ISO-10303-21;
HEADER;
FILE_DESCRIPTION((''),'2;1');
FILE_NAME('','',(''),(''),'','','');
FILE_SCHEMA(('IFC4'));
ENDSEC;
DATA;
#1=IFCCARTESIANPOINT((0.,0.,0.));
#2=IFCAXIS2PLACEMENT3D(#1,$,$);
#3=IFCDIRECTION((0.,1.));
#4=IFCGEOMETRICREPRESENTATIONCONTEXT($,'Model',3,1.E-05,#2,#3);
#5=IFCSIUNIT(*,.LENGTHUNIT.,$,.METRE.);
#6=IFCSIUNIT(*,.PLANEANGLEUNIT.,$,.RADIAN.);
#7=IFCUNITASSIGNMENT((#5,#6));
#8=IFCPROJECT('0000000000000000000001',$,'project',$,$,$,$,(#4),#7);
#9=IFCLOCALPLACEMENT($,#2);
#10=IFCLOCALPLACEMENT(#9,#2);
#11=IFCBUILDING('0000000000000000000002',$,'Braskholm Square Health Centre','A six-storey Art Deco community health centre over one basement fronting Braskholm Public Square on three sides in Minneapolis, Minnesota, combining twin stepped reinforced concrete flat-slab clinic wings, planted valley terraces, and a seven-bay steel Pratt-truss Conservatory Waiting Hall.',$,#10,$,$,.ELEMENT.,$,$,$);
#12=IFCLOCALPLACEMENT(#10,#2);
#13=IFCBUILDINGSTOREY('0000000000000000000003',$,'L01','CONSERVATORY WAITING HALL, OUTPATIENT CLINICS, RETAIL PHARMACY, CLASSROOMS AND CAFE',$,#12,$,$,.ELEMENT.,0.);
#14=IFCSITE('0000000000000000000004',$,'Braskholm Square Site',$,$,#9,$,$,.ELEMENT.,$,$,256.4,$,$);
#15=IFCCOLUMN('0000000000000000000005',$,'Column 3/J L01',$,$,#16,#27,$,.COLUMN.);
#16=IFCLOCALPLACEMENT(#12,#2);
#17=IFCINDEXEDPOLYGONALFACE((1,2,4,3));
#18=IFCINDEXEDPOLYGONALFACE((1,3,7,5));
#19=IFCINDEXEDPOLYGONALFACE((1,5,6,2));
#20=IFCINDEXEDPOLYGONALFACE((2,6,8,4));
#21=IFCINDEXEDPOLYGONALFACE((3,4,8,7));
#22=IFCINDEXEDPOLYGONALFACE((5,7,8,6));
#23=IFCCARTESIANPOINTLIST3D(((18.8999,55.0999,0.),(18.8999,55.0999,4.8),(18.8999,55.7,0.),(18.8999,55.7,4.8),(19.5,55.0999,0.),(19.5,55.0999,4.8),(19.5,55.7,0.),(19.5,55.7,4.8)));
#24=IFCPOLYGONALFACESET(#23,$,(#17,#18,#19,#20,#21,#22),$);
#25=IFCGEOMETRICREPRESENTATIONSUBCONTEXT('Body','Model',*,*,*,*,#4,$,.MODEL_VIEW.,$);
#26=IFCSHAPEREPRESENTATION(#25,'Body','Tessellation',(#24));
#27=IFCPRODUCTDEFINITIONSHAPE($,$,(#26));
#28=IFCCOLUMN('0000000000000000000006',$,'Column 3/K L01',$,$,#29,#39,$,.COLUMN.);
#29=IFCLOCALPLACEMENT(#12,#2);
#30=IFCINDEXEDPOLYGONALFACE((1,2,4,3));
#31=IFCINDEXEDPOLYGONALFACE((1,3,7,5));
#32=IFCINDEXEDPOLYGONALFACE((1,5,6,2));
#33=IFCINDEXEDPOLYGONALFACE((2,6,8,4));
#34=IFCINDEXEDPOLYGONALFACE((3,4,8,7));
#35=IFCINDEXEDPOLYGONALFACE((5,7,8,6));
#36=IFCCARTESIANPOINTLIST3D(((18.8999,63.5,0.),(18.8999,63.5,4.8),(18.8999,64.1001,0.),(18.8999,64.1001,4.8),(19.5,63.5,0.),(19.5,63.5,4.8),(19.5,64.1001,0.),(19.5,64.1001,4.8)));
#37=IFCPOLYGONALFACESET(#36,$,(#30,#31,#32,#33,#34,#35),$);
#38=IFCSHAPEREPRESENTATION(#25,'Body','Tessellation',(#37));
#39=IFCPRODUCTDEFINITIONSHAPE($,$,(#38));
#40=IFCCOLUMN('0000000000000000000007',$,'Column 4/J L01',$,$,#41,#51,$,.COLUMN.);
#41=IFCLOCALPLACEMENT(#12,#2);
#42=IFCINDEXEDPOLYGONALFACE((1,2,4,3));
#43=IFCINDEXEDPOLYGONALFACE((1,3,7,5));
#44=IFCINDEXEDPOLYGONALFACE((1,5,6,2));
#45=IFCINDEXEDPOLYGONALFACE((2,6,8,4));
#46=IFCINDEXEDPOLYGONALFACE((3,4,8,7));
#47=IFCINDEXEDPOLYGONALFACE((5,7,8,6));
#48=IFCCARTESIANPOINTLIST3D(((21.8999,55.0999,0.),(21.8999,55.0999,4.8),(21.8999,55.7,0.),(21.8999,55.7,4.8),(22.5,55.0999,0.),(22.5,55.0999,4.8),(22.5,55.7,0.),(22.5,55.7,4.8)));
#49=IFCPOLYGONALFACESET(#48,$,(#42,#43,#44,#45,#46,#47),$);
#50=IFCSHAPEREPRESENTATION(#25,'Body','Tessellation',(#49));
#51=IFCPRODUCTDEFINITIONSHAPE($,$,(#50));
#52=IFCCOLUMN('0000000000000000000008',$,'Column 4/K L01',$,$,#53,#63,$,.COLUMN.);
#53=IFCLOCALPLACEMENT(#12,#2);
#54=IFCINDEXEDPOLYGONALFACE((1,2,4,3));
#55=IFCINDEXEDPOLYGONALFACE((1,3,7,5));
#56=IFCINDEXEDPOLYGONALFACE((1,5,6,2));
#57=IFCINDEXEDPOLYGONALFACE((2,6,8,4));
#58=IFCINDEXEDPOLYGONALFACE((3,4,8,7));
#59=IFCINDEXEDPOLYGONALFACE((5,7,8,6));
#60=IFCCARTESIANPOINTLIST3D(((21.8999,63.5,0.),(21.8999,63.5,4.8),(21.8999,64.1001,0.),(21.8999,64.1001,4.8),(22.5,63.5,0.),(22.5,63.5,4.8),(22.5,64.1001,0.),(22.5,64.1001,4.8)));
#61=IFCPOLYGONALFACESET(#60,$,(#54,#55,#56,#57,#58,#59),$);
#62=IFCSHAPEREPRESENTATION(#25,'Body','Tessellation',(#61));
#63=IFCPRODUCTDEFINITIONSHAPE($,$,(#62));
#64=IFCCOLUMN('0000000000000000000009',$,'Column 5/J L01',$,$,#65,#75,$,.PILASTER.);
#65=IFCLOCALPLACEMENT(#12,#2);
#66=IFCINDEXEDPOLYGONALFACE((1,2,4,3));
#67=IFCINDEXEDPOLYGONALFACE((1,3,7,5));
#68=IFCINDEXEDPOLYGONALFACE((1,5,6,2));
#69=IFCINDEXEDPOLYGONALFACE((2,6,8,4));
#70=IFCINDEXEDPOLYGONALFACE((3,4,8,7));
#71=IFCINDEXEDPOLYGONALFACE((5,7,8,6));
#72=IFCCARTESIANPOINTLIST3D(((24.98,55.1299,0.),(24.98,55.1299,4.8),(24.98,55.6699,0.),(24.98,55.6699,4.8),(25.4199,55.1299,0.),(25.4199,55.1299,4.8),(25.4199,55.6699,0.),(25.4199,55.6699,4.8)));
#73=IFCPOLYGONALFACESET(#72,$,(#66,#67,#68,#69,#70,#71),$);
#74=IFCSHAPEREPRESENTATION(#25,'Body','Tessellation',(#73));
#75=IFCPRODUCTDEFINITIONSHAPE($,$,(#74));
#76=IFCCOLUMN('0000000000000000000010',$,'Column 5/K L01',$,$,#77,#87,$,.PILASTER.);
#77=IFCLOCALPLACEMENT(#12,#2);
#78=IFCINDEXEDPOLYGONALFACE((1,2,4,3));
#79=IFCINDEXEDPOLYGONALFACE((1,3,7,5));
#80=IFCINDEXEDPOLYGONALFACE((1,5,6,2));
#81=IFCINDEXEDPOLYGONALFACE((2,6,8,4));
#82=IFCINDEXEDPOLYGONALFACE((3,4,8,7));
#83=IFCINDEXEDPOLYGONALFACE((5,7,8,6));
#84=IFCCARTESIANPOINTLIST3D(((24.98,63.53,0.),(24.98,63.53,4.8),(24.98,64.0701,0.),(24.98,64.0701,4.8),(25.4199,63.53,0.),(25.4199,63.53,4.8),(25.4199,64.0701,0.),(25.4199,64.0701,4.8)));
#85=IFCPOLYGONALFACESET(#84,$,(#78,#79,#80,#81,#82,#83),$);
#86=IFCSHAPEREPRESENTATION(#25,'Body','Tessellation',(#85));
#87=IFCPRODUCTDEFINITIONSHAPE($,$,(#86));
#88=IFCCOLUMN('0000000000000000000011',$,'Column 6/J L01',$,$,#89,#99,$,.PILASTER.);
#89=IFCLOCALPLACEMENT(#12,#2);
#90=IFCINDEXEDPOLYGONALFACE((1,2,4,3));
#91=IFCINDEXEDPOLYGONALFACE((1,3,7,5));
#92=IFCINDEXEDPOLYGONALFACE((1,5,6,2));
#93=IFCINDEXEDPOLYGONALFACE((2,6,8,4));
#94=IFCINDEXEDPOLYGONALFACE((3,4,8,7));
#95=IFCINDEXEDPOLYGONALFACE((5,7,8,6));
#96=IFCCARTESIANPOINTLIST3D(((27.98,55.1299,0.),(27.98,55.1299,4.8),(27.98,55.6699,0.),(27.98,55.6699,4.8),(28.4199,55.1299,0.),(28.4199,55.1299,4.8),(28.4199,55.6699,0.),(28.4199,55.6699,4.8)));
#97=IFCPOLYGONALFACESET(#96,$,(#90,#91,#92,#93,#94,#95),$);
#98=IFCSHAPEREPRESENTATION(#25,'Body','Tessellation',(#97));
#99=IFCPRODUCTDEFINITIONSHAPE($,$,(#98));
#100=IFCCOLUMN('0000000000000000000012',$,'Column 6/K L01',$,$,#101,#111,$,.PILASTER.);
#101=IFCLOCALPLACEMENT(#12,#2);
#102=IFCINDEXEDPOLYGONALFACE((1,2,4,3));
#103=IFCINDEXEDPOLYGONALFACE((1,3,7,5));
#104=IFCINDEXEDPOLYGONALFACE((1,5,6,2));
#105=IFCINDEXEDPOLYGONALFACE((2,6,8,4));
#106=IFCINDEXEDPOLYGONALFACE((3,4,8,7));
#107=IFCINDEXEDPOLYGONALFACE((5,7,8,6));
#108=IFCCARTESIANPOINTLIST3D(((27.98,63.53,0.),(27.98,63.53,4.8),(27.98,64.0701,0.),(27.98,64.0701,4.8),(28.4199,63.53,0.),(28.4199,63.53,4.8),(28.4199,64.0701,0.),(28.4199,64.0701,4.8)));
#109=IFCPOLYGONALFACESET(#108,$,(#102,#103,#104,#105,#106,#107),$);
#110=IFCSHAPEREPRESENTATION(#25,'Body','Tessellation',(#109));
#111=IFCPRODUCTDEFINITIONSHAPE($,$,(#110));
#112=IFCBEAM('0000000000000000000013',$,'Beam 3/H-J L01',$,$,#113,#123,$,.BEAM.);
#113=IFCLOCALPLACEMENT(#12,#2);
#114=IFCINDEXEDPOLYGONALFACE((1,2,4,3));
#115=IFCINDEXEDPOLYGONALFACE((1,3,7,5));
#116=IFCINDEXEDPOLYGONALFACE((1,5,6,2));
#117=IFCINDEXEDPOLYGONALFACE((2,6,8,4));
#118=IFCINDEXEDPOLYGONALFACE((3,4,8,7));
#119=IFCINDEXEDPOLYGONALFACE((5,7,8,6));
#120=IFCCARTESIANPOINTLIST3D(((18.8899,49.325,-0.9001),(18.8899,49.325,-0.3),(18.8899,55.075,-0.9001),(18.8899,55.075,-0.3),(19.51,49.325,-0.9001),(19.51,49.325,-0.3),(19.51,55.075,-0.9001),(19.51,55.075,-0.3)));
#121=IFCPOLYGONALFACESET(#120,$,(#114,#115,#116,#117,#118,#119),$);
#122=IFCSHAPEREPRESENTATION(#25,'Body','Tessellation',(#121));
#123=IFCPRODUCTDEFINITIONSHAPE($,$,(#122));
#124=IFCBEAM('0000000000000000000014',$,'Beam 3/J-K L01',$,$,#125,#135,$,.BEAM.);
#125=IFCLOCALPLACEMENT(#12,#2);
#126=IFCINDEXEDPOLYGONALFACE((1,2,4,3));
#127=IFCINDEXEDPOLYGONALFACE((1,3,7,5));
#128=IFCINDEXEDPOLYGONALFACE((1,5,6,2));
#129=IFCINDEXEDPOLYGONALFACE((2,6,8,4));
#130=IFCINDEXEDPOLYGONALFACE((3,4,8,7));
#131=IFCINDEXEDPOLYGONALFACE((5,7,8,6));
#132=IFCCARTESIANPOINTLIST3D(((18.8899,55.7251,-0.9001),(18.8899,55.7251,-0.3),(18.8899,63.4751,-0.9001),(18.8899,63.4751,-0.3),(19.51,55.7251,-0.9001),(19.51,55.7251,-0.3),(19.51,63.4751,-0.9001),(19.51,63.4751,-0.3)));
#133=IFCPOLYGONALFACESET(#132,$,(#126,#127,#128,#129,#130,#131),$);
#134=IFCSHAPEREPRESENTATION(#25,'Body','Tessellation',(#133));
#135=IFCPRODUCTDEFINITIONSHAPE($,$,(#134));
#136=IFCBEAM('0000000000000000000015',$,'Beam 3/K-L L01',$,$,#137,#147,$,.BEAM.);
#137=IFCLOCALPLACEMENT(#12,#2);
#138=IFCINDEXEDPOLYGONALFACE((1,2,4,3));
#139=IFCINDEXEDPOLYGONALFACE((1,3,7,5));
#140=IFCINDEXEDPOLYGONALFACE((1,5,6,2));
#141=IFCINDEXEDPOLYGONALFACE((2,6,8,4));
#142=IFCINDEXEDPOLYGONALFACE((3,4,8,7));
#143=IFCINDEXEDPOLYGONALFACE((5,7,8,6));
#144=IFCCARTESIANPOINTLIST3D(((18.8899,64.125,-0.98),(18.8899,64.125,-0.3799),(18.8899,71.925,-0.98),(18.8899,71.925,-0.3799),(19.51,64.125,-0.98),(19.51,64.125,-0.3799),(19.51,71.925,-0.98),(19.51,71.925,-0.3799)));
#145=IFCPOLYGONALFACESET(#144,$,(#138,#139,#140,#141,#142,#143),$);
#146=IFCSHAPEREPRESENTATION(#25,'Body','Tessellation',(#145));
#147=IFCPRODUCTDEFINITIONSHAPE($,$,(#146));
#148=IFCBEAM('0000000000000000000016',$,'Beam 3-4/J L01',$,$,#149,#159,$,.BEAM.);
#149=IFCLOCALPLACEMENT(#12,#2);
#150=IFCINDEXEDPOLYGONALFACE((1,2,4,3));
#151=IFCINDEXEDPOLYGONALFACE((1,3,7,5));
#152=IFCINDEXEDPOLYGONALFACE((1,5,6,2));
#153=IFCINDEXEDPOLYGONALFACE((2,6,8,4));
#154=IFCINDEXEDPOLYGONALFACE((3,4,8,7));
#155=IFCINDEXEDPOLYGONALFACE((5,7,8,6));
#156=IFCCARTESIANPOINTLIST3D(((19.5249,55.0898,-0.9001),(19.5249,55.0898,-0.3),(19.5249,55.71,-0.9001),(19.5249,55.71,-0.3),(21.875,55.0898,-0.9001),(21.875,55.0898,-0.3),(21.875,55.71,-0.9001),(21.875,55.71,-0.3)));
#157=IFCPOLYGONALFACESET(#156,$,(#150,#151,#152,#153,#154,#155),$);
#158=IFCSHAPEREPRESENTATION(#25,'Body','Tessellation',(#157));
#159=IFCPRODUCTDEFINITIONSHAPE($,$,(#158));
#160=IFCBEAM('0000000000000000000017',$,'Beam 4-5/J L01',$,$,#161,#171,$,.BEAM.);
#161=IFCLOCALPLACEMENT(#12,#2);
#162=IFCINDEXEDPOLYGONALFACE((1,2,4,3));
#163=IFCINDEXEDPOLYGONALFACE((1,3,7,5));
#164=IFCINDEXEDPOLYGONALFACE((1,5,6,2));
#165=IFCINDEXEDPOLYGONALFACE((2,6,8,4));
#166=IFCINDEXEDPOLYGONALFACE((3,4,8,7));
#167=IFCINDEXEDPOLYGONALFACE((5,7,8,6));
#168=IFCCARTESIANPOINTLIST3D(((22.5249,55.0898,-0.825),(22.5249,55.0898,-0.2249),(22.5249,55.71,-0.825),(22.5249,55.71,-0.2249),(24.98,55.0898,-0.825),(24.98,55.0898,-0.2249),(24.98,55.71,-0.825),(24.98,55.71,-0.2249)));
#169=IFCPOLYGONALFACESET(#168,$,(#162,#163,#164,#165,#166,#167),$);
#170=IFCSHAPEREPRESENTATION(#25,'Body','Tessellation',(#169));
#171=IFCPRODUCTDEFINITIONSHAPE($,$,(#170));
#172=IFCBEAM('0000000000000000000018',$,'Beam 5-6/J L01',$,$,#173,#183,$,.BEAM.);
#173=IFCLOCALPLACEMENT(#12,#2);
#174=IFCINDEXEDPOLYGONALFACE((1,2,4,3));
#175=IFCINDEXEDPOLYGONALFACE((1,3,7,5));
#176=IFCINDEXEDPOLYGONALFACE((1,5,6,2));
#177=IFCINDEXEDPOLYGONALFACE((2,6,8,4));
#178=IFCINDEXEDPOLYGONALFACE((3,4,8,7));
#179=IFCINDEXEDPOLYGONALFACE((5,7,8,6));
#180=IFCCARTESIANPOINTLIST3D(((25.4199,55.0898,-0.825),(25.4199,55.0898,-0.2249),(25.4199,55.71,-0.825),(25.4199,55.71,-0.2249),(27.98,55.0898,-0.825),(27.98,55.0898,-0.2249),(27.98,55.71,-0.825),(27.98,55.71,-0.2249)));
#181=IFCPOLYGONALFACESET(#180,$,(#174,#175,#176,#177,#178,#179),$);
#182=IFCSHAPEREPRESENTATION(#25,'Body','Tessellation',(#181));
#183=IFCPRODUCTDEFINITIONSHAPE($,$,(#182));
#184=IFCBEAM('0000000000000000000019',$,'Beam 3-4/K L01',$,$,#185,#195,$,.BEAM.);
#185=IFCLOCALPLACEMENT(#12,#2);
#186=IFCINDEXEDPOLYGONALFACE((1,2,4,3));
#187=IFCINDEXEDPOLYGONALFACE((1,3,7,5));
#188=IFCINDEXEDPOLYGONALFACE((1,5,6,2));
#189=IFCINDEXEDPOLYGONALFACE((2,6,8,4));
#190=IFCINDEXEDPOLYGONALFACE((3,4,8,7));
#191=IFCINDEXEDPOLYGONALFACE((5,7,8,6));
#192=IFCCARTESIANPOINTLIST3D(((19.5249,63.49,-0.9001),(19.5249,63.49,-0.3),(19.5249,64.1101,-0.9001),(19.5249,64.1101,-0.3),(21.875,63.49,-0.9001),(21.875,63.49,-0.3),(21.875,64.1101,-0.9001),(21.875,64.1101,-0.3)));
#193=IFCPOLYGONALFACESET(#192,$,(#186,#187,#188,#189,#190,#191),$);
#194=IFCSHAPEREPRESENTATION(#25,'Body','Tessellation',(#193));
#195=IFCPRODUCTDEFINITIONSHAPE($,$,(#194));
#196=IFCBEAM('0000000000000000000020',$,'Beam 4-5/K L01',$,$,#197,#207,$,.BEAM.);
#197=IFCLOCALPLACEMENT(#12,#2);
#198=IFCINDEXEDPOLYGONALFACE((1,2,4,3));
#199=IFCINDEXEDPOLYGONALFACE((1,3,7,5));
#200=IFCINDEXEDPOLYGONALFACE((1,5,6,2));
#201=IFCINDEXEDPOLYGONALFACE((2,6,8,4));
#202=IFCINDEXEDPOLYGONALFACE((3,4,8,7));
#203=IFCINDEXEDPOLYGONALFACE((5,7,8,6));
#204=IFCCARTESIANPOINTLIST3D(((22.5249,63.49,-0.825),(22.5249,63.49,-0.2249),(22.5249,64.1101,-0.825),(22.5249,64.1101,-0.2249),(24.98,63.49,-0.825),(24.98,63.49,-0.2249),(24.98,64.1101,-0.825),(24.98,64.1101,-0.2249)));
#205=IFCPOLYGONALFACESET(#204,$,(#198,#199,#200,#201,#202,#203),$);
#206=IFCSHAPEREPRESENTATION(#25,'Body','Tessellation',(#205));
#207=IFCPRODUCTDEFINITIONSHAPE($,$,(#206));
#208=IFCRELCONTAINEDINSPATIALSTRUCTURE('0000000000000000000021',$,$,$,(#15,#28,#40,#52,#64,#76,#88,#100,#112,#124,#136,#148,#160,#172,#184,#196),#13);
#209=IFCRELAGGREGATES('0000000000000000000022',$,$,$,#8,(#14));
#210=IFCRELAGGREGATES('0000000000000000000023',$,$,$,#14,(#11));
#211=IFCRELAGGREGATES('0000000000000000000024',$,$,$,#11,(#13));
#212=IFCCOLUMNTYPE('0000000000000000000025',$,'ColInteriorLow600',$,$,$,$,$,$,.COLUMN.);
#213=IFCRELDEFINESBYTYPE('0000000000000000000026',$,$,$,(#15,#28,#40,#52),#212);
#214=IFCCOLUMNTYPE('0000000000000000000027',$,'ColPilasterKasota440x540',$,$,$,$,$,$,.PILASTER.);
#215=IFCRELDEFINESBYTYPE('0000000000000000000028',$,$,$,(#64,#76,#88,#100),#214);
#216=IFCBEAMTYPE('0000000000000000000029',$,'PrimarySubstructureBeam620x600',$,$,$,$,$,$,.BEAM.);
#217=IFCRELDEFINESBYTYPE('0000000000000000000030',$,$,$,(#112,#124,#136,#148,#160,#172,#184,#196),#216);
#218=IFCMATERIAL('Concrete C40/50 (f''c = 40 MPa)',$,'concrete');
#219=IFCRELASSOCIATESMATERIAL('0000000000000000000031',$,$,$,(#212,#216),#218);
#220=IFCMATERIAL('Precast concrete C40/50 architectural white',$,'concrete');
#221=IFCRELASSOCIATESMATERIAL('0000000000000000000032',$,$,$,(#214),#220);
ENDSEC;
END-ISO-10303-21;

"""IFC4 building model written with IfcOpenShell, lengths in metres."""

from ifc_helpers import new_model, si_unit, direction, frame, origin, origin_2d, place, context, subcontext, project, spatial, rectangle, extrude, material, material_profile, profile_set, type_object, element, save


model = new_model("IFC4")

# Units and contexts
model_context = context("Model", 3, precision=1e-05, world=origin(), true_north=direction((0.0, 1.0)))
body_context = subcontext(model_context, "Body", "Model", "MODEL_VIEW")
ifc_project = project(units=[si_unit("LENGTHUNIT", "METRE"), si_unit("PLANEANGLEUNIT", "RADIAN")], contexts=[model_context])

# Site, building, storey
site_placement = place(None, origin())
site = spatial("IfcSite", under=ifc_project, at=site_placement, Name="Braskholm Square Site", CompositionType="ELEMENT", RefElevation=256.4)
building_placement = place(site_placement, origin())
building = spatial("IfcBuilding", under=site, at=building_placement, Name="Braskholm Square Health Centre", Description="A six-storey Art Deco community health centre over one basement fronting Braskholm Public Square on three sides in Minneapolis, Minnesota, combining twin stepped reinforced concrete flat-slab clinic wings, planted valley terraces, and a seven-bay steel Pratt-truss Conservatory Waiting Hall.", CompositionType="ELEMENT")
storey_placement = place(building_placement, origin())
storey = spatial("IfcBuildingStorey", under=building, at=storey_placement, Name="L01", Description="CONSERVATORY WAITING HALL, OUTPATIENT CLINICS, RETAIL PHARMACY, CLASSROOMS AND CAFE", CompositionType="ELEMENT", Elevation=0.0)

# Columns
ifc_material_1 = material(Name="Concrete C40/50 (f'c = 40 MPa)", Category="concrete")
ifc_material_profile_1 = material_profile(ifc_material_1, rectangle(XDim=0.6001, YDim=0.6001, at=origin_2d()), Name="RC-600X600")
ifc_profile_set_1 = profile_set([ifc_material_profile_1], Name="Concrete C40/50 (f'c = 40 MPa)")
column_type_1 = type_object("IfcColumnType", Name="ColInteriorLow600", PredefinedType="COLUMN", material=ifc_profile_set_1)
for number, where, z_axis, x_axis, name in (
    (1, (19.2, 55.3999, 0.0), (0.0, 0.0, 1.0), (1.0, 0.0, 0.0), "Column 3/J L01"),
    (2, (19.2, 63.8, 0.0), (0.0, 0.0, 1.0), (1.0, 0.0, 0.0), "Column 3/K L01"),
    (3, (22.2, 55.3999, 0.0), (0.0, 0.0, 1.0), (1.0, 0.0, 0.0), "Column 4/J L01"),
    (4, (22.2, 63.8, 0.0), (0.0, 0.0, 1.0), (1.0, 0.0, 0.0), "Column 4/K L01"),
):
    element("IfcColumn", number, at=place(storey_placement, frame(where, z_axis=z_axis, x_axis=x_axis)), inside=storey, type_object=column_type_1, Name=name, PredefinedType="COLUMN", context=body_context, shape_type="SweptSolid", body=[
        extrude(rectangle(XDim=0.6001, YDim=0.6001, at=origin_2d()), origin(), (0.0, 0.0, 1.0), 4.8),
    ])
ifc_material_2 = material(Name="Precast concrete C40/50 architectural white", Category="concrete")
ifc_material_profile_2 = material_profile(ifc_material_2, rectangle(XDim=0.4399, YDim=0.54, at=origin_2d()), Name="RC-440X540")
ifc_profile_set_2 = profile_set([ifc_material_profile_2], Name="Precast concrete C40/50 architectural white")
column_type_2 = type_object("IfcColumnType", Name="ColPilasterKasota440x540", PredefinedType="PILASTER", material=ifc_profile_set_2)
for number, where, z_axis, x_axis, name in (
    (5, (25.2, 55.3999, 0.0), (0.0, 0.0, 1.0), (1.0, 0.0, 0.0), "Column 5/J L01"),
    (6, (25.2, 63.8, 0.0), (0.0, 0.0, 1.0), (1.0, 0.0, 0.0), "Column 5/K L01"),
    (7, (28.2, 55.3999, 0.0), (0.0, 0.0, 1.0), (1.0, 0.0, 0.0), "Column 6/J L01"),
    (8, (28.2, 63.8, 0.0), (0.0, 0.0, 1.0), (1.0, 0.0, 0.0), "Column 6/K L01"),
):
    element("IfcColumn", number, at=place(storey_placement, frame(where, z_axis=z_axis, x_axis=x_axis)), inside=storey, type_object=column_type_2, Name=name, PredefinedType="PILASTER", context=body_context, shape_type="SweptSolid", body=[
        extrude(rectangle(XDim=0.4399, YDim=0.54, at=origin_2d()), origin(), (0.0, 0.0, 1.0), 4.8),
    ])

# Beams
ifc_material_profile_3 = material_profile(ifc_material_1, rectangle(XDim=0.6201, YDim=0.6001, at=origin_2d()), Name="RCB-620X600")
ifc_profile_set_3 = profile_set([ifc_material_profile_3], Name="Concrete C40/50 (f'c = 40 MPa)")
beam_type_1 = type_object("IfcBeamType", Name="PrimarySubstructureBeam620x600", PredefinedType="BEAM", material=ifc_profile_set_3)
beam_1_placement = place(storey_placement, frame((19.2, 49.325, -0.6001), z_axis=(0.0, 1.0, 0.0), x_axis=(-1.0, 0.0, 0.0)))
element("IfcBeam", 9, at=beam_1_placement, inside=storey, type_object=beam_type_1, Name="Beam 3/H-J L01", PredefinedType="BEAM", context=body_context, shape_type="SweptSolid", body=[
    extrude(rectangle(XDim=0.6201, YDim=0.6001, at=origin_2d()), origin(), (0.0, 0.0, 1.0), 5.75),
])
beam_2_placement = place(storey_placement, frame((19.2, 55.7251, -0.6001), z_axis=(0.0, 1.0, 0.0), x_axis=(-1.0, 0.0, 0.0)))
element("IfcBeam", 10, at=beam_2_placement, inside=storey, type_object=beam_type_1, Name="Beam 3/J-K L01", PredefinedType="BEAM", context=body_context, shape_type="SweptSolid", body=[
    extrude(rectangle(XDim=0.6201, YDim=0.6001, at=origin_2d()), origin(), (0.0, 0.0, 1.0), 7.75),
])
beam_3_placement = place(storey_placement, frame((19.2, 64.125, -0.6799), z_axis=(0.0, 1.0, 0.0), x_axis=(-1.0, 0.0, 0.0)))
element("IfcBeam", 11, at=beam_3_placement, inside=storey, type_object=beam_type_1, Name="Beam 3/K-L L01", PredefinedType="BEAM", context=body_context, shape_type="SweptSolid", body=[
    extrude(rectangle(XDim=0.6201, YDim=0.6001, at=origin_2d()), origin(), (0.0, 0.0, 1.0), 7.8),
])
beam_4_placement = place(storey_placement, frame((19.5249, 55.3999, -0.6001), z_axis=(1.0, 0.0, 0.0), x_axis=(0.0, 1.0, 0.0)))
element("IfcBeam", 12, at=beam_4_placement, inside=storey, type_object=beam_type_1, Name="Beam 3-4/J L01", PredefinedType="BEAM", context=body_context, shape_type="SweptSolid", body=[
    extrude(rectangle(XDim=0.6201, YDim=0.6001, at=origin_2d()), origin(), (0.0, 0.0, 1.0), 2.3501),
])
beam_5_placement = place(storey_placement, frame((22.5249, 55.3999, -0.5249), z_axis=(1.0, 0.0, 0.0), x_axis=(0.0, 1.0, 0.0)))
element("IfcBeam", 13, at=beam_5_placement, inside=storey, type_object=beam_type_1, Name="Beam 4-5/J L01", PredefinedType="BEAM", context=body_context, shape_type="SweptSolid", body=[
    extrude(rectangle(XDim=0.6201, YDim=0.6001, at=origin_2d()), origin(), (0.0, 0.0, 1.0), 2.4551),
])
beam_6_placement = place(storey_placement, frame((25.4199, 55.3999, -0.5249), z_axis=(1.0, 0.0, 0.0), x_axis=(0.0, 1.0, 0.0)))
element("IfcBeam", 14, at=beam_6_placement, inside=storey, type_object=beam_type_1, Name="Beam 5-6/J L01", PredefinedType="BEAM", context=body_context, shape_type="SweptSolid", body=[
    extrude(rectangle(XDim=0.6201, YDim=0.6001, at=origin_2d()), origin(), (0.0, 0.0, 1.0), 2.5601),
])
beam_7_placement = place(storey_placement, frame((19.5249, 63.8, -0.6001), z_axis=(1.0, 0.0, 0.0), x_axis=(0.0, 1.0, 0.0)))
element("IfcBeam", 15, at=beam_7_placement, inside=storey, type_object=beam_type_1, Name="Beam 3-4/K L01", PredefinedType="BEAM", context=body_context, shape_type="SweptSolid", body=[
    extrude(rectangle(XDim=0.6201, YDim=0.6001, at=origin_2d()), origin(), (0.0, 0.0, 1.0), 2.3501),
])
beam_8_placement = place(storey_placement, frame((22.5249, 63.8, -0.5249), z_axis=(1.0, 0.0, 0.0), x_axis=(0.0, 1.0, 0.0)))
element("IfcBeam", 16, at=beam_8_placement, inside=storey, type_object=beam_type_1, Name="Beam 4-5/K L01", PredefinedType="BEAM", context=body_context, shape_type="SweptSolid", body=[
    extrude(rectangle(XDim=0.6201, YDim=0.6001, at=origin_2d()), origin(), (0.0, 0.0, 1.0), 2.4551),
])

save(model, "model.ifc")
